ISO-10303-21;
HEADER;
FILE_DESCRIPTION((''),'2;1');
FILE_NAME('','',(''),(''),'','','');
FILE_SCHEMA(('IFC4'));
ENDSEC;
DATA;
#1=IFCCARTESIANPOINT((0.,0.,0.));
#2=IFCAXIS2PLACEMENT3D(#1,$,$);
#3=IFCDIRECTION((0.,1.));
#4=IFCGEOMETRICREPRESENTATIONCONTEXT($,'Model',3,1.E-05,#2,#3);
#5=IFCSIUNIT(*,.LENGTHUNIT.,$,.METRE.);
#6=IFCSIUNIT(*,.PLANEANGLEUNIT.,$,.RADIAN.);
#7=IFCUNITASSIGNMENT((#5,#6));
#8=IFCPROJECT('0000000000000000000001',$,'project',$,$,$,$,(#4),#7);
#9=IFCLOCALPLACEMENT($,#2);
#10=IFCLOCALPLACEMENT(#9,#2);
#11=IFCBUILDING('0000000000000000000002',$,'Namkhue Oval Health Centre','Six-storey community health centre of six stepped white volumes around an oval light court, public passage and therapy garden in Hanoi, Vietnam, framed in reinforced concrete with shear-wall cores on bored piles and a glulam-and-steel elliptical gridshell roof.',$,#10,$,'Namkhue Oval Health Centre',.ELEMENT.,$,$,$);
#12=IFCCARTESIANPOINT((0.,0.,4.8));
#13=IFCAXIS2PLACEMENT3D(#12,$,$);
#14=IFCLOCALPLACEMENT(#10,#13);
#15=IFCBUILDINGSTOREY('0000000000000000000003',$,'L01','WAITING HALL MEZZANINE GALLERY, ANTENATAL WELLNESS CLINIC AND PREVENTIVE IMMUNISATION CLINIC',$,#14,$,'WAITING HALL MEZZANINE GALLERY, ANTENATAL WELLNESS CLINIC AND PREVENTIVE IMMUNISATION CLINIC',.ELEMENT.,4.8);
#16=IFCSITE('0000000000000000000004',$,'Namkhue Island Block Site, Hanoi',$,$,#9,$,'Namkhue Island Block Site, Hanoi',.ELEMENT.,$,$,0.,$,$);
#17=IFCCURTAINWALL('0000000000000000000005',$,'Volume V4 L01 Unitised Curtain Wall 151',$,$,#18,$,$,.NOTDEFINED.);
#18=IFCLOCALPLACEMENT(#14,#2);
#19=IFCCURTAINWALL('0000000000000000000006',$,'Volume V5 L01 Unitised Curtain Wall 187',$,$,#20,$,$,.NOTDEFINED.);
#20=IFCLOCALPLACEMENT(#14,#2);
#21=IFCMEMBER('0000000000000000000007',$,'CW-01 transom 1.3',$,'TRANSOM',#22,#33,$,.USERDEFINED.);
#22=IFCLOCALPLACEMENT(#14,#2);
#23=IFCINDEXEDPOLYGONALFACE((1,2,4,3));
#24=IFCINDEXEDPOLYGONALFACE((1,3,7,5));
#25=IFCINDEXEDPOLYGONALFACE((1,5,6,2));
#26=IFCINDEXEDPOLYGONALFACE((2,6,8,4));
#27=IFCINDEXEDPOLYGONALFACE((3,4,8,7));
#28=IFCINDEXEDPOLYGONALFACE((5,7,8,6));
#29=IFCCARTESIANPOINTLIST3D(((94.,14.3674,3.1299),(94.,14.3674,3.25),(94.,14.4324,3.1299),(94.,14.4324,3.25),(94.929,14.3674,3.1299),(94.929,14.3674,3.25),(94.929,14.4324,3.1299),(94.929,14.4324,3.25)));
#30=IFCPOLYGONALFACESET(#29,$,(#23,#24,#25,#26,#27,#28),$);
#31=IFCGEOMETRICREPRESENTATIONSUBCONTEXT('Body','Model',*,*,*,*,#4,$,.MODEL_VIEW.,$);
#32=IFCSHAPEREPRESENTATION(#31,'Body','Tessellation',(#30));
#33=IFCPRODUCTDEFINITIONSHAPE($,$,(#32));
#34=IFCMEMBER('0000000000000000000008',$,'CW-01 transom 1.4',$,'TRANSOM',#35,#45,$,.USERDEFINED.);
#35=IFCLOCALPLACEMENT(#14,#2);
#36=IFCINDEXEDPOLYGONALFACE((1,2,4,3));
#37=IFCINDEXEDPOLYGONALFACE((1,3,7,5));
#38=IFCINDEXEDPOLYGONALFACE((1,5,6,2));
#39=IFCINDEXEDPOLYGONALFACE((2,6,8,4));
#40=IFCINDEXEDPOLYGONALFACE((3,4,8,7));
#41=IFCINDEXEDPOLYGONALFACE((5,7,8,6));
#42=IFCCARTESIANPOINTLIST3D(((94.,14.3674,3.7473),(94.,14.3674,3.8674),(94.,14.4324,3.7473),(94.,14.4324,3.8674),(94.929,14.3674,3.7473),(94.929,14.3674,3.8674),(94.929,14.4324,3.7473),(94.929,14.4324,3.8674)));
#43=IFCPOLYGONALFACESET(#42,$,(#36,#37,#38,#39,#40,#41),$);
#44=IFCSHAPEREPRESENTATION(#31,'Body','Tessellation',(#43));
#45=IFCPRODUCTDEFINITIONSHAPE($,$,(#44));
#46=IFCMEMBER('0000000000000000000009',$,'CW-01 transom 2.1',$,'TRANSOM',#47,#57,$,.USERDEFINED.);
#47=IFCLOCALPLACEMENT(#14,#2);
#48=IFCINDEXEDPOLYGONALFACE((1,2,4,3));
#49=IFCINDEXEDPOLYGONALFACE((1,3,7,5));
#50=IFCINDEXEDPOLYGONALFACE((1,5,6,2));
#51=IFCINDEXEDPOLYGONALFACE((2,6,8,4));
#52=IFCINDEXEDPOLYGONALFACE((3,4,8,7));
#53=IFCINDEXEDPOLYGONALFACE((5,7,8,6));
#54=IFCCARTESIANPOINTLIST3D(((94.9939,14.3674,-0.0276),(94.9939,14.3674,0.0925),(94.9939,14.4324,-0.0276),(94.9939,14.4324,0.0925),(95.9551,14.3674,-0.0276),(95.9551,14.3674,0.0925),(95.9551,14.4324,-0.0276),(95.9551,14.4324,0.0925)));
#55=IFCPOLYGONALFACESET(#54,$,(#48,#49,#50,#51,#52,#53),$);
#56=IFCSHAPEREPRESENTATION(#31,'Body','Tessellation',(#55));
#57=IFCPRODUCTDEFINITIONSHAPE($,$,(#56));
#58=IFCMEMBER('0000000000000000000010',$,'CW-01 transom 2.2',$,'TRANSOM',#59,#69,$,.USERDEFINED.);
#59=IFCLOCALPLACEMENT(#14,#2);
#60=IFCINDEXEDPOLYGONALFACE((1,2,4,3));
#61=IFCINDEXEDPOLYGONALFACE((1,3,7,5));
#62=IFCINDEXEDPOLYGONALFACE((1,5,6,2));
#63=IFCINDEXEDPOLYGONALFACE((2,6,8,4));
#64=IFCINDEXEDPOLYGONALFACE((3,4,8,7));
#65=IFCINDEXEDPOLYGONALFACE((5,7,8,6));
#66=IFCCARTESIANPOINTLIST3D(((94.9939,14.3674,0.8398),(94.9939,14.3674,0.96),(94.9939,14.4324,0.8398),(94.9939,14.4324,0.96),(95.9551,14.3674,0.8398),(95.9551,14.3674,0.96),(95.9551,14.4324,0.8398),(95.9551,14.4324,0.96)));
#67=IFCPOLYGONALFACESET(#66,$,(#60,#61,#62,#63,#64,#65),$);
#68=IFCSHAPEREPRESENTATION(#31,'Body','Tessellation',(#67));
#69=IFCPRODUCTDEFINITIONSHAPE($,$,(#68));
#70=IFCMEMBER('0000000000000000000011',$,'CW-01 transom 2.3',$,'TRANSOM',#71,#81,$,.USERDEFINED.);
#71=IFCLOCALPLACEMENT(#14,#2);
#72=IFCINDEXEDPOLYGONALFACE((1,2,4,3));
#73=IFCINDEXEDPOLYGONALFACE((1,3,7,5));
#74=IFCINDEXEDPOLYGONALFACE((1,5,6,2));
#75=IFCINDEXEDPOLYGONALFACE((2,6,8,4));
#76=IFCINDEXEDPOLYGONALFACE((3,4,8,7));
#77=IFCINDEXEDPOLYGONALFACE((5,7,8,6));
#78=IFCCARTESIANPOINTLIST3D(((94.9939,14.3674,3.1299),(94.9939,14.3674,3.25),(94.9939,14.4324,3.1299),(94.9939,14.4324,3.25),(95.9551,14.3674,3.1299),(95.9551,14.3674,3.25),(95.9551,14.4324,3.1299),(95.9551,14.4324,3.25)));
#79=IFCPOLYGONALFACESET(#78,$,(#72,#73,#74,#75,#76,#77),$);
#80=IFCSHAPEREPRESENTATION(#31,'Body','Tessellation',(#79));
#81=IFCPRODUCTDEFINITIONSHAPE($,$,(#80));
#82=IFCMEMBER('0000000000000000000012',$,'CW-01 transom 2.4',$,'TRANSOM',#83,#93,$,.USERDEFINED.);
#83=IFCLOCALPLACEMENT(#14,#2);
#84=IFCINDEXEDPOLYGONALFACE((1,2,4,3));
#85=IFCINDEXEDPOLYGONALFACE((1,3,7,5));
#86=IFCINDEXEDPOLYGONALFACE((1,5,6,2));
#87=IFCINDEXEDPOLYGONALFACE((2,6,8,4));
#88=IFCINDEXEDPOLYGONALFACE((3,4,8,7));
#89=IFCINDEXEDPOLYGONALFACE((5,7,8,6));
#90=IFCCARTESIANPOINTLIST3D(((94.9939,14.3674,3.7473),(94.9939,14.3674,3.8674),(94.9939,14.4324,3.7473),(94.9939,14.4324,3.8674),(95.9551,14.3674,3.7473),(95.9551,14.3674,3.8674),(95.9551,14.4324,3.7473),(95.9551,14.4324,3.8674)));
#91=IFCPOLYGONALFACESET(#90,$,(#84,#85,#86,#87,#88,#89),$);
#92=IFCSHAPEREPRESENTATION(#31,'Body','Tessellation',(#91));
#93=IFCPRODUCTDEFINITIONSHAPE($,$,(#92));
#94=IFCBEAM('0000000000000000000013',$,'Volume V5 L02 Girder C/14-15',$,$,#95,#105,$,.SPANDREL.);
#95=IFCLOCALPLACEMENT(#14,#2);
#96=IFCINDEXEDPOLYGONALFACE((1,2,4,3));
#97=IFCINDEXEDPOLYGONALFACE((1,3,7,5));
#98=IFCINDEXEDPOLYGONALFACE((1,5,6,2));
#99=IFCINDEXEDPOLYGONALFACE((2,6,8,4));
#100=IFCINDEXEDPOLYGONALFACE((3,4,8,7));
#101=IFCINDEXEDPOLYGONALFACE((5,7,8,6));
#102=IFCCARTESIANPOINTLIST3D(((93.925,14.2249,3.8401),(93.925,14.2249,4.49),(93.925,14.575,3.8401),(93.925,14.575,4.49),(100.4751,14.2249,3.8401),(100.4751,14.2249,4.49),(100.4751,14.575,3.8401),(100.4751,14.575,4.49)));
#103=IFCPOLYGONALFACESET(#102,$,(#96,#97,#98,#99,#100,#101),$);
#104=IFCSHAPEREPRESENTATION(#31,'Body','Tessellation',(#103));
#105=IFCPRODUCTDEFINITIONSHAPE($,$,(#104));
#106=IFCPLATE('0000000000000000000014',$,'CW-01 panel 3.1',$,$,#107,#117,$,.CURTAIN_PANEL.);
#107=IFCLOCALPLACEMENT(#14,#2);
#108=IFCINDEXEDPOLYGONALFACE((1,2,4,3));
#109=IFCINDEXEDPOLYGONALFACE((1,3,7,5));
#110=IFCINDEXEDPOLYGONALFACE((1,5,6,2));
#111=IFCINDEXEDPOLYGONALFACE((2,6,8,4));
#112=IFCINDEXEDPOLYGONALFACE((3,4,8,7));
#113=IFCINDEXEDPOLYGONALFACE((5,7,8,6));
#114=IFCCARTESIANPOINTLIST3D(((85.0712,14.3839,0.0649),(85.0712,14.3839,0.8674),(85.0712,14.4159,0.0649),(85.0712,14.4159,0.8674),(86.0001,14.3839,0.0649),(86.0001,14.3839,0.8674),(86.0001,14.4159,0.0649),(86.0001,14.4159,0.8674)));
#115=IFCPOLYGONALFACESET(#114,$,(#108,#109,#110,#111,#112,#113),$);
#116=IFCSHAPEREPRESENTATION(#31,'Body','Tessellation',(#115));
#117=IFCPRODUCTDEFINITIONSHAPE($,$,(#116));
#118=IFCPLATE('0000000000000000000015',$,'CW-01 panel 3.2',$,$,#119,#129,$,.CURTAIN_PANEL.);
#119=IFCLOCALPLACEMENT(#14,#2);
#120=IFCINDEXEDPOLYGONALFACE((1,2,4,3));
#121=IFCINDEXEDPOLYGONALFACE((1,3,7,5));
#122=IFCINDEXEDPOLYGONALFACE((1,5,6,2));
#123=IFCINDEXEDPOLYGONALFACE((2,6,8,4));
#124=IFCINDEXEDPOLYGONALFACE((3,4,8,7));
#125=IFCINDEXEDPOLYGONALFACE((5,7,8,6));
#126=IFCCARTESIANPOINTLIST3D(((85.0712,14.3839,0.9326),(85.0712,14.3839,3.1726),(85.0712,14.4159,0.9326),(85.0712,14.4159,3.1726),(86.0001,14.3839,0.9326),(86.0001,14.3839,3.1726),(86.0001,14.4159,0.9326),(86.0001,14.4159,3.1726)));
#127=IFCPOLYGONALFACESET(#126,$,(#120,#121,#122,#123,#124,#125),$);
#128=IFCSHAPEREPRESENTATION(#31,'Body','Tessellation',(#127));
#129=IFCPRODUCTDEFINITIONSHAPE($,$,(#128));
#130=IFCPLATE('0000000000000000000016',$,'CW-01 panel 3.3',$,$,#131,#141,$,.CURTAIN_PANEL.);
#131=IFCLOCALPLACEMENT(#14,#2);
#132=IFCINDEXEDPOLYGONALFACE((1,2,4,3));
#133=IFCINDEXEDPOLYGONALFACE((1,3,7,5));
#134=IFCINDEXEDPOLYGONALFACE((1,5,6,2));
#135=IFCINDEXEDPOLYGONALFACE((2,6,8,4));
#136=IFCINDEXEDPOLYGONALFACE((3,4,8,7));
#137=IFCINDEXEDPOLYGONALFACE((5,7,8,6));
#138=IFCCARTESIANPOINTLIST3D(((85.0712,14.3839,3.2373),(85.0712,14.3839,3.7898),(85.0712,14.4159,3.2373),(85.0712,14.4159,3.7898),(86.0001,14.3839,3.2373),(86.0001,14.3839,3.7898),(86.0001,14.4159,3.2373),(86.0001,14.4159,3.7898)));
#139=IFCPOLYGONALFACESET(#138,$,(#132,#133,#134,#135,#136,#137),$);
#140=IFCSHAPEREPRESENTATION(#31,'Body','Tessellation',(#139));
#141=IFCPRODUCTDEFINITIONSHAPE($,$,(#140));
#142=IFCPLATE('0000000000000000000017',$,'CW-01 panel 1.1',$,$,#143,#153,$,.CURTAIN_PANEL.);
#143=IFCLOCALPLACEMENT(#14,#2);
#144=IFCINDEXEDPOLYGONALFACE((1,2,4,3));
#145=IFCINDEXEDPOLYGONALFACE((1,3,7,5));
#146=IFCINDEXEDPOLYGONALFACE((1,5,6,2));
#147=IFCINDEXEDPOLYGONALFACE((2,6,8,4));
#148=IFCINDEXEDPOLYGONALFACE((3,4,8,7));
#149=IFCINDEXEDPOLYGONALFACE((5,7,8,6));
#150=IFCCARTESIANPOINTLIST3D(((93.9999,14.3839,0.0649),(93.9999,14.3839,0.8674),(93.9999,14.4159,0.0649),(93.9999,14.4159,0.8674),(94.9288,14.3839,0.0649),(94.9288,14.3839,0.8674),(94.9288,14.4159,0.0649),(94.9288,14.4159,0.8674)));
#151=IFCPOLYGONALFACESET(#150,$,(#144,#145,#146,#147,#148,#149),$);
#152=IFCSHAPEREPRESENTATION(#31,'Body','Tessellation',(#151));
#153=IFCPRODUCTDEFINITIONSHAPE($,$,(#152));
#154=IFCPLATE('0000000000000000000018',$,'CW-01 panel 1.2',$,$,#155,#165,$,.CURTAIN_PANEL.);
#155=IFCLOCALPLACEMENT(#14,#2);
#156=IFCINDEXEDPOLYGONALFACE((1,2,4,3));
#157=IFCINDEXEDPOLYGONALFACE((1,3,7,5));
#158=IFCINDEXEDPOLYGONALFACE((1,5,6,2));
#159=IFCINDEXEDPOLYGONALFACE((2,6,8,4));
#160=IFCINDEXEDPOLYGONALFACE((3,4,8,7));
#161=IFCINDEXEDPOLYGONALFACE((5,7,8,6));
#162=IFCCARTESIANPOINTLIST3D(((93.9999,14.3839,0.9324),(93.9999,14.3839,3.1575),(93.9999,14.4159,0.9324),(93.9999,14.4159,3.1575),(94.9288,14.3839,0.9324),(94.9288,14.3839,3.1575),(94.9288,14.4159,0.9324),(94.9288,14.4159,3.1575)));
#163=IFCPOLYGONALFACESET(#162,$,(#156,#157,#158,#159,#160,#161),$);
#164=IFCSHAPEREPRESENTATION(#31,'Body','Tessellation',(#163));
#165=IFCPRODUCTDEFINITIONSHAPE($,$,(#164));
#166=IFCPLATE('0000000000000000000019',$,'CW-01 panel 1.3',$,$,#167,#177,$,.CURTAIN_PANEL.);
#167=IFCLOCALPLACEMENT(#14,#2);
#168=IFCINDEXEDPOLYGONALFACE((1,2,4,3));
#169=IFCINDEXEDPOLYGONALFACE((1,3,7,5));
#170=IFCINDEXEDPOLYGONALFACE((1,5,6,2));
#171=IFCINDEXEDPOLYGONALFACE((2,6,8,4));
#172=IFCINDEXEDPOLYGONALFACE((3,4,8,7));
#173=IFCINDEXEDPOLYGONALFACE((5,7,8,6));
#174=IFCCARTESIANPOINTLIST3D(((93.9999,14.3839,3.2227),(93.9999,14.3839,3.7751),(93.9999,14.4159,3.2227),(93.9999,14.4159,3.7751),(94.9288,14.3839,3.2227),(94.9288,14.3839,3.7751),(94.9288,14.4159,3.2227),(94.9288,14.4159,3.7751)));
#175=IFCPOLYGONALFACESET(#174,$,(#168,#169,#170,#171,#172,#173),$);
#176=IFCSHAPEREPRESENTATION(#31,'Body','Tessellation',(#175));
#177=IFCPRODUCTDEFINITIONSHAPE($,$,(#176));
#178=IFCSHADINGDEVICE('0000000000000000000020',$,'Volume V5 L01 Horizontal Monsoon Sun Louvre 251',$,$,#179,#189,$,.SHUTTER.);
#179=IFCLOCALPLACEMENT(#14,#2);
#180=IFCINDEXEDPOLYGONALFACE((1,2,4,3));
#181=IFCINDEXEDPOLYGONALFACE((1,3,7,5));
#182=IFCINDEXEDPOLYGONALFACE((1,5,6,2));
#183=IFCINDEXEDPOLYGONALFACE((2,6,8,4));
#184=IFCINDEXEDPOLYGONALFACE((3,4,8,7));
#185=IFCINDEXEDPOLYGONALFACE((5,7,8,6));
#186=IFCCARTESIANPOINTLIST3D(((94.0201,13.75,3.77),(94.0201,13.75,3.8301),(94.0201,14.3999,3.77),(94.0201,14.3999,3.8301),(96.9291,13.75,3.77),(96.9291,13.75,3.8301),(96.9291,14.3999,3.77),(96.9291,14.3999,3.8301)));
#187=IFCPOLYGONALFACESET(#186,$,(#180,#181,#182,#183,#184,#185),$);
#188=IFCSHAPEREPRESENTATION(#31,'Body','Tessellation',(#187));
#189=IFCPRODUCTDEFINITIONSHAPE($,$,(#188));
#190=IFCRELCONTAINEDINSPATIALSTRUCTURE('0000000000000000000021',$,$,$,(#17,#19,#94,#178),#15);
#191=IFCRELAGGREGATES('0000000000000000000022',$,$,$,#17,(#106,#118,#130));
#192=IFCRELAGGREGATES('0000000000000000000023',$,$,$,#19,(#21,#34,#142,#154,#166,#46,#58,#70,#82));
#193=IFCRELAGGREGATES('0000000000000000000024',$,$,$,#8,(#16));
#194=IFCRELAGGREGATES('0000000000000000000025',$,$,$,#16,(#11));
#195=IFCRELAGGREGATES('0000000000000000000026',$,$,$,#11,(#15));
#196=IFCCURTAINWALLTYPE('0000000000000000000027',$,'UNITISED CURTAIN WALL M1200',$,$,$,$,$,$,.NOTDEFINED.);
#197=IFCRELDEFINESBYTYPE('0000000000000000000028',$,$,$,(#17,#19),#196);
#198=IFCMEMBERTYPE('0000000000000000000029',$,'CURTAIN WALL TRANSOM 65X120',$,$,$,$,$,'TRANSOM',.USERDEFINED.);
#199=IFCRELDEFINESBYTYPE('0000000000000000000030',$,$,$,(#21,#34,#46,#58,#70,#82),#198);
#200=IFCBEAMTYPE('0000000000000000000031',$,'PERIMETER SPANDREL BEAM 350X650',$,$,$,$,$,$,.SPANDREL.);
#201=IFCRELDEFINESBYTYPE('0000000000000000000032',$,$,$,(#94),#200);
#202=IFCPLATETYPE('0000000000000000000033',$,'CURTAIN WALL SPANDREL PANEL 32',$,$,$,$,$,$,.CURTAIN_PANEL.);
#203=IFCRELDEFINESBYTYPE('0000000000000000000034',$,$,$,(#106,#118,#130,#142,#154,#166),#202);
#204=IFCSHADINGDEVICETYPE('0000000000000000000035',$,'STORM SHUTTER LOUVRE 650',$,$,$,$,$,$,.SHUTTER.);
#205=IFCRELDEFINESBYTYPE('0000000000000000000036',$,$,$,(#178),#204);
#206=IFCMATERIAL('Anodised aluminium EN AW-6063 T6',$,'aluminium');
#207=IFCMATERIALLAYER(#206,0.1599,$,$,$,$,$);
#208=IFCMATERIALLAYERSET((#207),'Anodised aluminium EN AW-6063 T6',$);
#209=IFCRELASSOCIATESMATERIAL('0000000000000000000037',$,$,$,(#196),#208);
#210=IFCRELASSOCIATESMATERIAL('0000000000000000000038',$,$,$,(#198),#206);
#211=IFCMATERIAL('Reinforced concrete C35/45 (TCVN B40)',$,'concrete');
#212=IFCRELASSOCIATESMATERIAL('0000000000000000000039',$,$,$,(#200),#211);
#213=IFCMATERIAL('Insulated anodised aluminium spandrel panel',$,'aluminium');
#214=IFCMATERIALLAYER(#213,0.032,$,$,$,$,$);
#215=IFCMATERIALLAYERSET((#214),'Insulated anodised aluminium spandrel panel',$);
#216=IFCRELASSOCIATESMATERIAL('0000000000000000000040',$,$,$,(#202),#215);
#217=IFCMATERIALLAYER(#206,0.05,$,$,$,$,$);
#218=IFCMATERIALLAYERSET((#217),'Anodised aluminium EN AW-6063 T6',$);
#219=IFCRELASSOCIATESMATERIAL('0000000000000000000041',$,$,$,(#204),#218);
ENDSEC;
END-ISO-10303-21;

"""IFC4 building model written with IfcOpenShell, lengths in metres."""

from ifc_helpers import new_model, si_unit, direction, frame, origin, origin_2d, place, context, subcontext, project, spatial, rectangle, extrude, material, layer, layer_set, material_profile, profile_set, type_object, element, aggregate, save


model = new_model("IFC4")

# Units and contexts
model_context = context("Model", 3, precision=1e-05, world=origin(), true_north=direction((0.0, 1.0)))
body_context = subcontext(model_context, "Body", "Model", "MODEL_VIEW")
ifc_project = project(units=[si_unit("LENGTHUNIT", "METRE"), si_unit("PLANEANGLEUNIT", "RADIAN")], contexts=[model_context])

# Site, building, storey
site_placement = place(None, origin())
site = spatial("IfcSite", under=ifc_project, at=site_placement, Name="Namkhue Island Block Site, Hanoi", LongName="Namkhue Island Block Site, Hanoi", CompositionType="ELEMENT", RefElevation=0.0)
building_placement = place(site_placement, origin())
building = spatial("IfcBuilding", under=site, at=building_placement, Name="Namkhue Oval Health Centre", Description="Six-storey community health centre of six stepped white volumes around an oval light court, public passage and therapy garden in Hanoi, Vietnam, framed in reinforced concrete with shear-wall cores on bored piles and a glulam-and-steel elliptical gridshell roof.", LongName="Namkhue Oval Health Centre", CompositionType="ELEMENT")
storey_placement = place(building_placement, frame((0.0, 0.0, 4.8)))
storey = spatial("IfcBuildingStorey", under=building, at=storey_placement, Name="L01", Description="WAITING HALL MEZZANINE GALLERY, ANTENATAL WELLNESS CLINIC AND PREVENTIVE IMMUNISATION CLINIC", LongName="WAITING HALL MEZZANINE GALLERY, ANTENATAL WELLNESS CLINIC AND PREVENTIVE IMMUNISATION CLINIC", CompositionType="ELEMENT", Elevation=4.8)

# Shared definitions
ifc_material_1 = material(Name="Reinforced concrete C35/45 (TCVN B40)", Category="concrete")

# Curtain wall
ifc_material_2 = material(Name="Anodised aluminium EN AW-6063 T6", Category="aluminium")
ifc_layer_1 = layer(ifc_material_2, 0.1599)
ifc_layer_set_1 = layer_set([ifc_layer_1], Name="Anodised aluminium EN AW-6063 T6")
curtain_wall_type = type_object("IfcCurtainWallType", Name="UNITISED CURTAIN WALL M1200", PredefinedType="NOTDEFINED", material=ifc_layer_set_1)
curtain_wall_1_placement = place(storey_placement, origin())
curtain_wall_1 = element("IfcCurtainWall", 1, at=curtain_wall_1_placement, inside=storey, type_object=curtain_wall_type, Name="Volume V4 L01 Unitised Curtain Wall 151", PredefinedType="NOTDEFINED")

# Curtain wall, members
curtain_wall_2_placement = place(storey_placement, origin())
curtain_wall_2 = element("IfcCurtainWall", 2, at=curtain_wall_2_placement, inside=storey, type_object=curtain_wall_type, Name="Volume V5 L01 Unitised Curtain Wall 187", PredefinedType="NOTDEFINED")
ifc_material_profile_1 = material_profile(ifc_material_2, rectangle(XDim=0.0649, YDim=0.1201, at=origin_2d()), Name="ALU 65x120")
ifc_profile_set_1 = profile_set([ifc_material_profile_1], Name="Anodised aluminium EN AW-6063 T6")
member_type_1 = type_object("IfcMemberType", Name="CURTAIN WALL TRANSOM 65X120", ElementType="TRANSOM", PredefinedType="USERDEFINED", material=ifc_profile_set_1)
member_1_placement = place(storey_placement, frame((94.0, 14.3999, 3.1899), z_axis=(1.0, 0.0, 0.0), x_axis=(0.0, 1.0, 0.0)))
member_1 = element("IfcMember", 3, at=member_1_placement, type_object=member_type_1, Name="CW-01 transom 1.3", ObjectType="TRANSOM", PredefinedType="USERDEFINED", context=body_context, shape_type="SweptSolid", body=[
    extrude(rectangle(XDim=0.0649, YDim=0.1201, at=origin_2d()), origin(), (0.0, 0.0, 1.0), 0.929),
])
member_2_placement = place(storey_placement, frame((94.0, 14.3999, 3.8074), z_axis=(1.0, 0.0, 0.0), x_axis=(0.0, 1.0, 0.0)))
member_2 = element("IfcMember", 4, at=member_2_placement, type_object=member_type_1, Name="CW-01 transom 1.4", ObjectType="TRANSOM", PredefinedType="USERDEFINED", context=body_context, shape_type="SweptSolid", body=[
    extrude(rectangle(XDim=0.0649, YDim=0.1201, at=origin_2d()), origin(), (0.0, 0.0, 1.0), 0.929),
])
member_3_placement = place(storey_placement, frame((94.9939, 14.3999, 0.0325), z_axis=(1.0, 0.0, 0.0), x_axis=(0.0, 1.0, 0.0)))
member_3 = element("IfcMember", 5, at=member_3_placement, type_object=member_type_1, Name="CW-01 transom 2.1", ObjectType="TRANSOM", PredefinedType="USERDEFINED", context=body_context, shape_type="SweptSolid", body=[
    extrude(rectangle(XDim=0.0649, YDim=0.1201, at=origin_2d()), origin(), (0.0, 0.0, 1.0), 0.9612),
])
member_4_placement = place(storey_placement, frame((94.9939, 14.3999, 0.8999), z_axis=(1.0, 0.0, 0.0), x_axis=(0.0, 1.0, 0.0)))
member_4 = element("IfcMember", 6, at=member_4_placement, type_object=member_type_1, Name="CW-01 transom 2.2", ObjectType="TRANSOM", PredefinedType="USERDEFINED", context=body_context, shape_type="SweptSolid", body=[
    extrude(rectangle(XDim=0.0649, YDim=0.1201, at=origin_2d()), origin(), (0.0, 0.0, 1.0), 0.9612),
])
member_5_placement = place(storey_placement, frame((94.9939, 14.3999, 3.1899), z_axis=(1.0, 0.0, 0.0), x_axis=(0.0, 1.0, 0.0)))
member_5 = element("IfcMember", 7, at=member_5_placement, type_object=member_type_1, Name="CW-01 transom 2.3", ObjectType="TRANSOM", PredefinedType="USERDEFINED", context=body_context, shape_type="SweptSolid", body=[
    extrude(rectangle(XDim=0.0649, YDim=0.1201, at=origin_2d()), origin(), (0.0, 0.0, 1.0), 0.9612),
])
member_6_placement = place(storey_placement, frame((94.9939, 14.3999, 3.8074), z_axis=(1.0, 0.0, 0.0), x_axis=(0.0, 1.0, 0.0)))
member_6 = element("IfcMember", 8, at=member_6_placement, type_object=member_type_1, Name="CW-01 transom 2.4", ObjectType="TRANSOM", PredefinedType="USERDEFINED", context=body_context, shape_type="SweptSolid", body=[
    extrude(rectangle(XDim=0.0649, YDim=0.1201, at=origin_2d()), origin(), (0.0, 0.0, 1.0), 0.9612),
])

# Beam
ifc_material_profile_2 = material_profile(ifc_material_1, rectangle(XDim=0.3501, YDim=0.6499, at=origin_2d()), Name="RC 350x650")
ifc_profile_set_2 = profile_set([ifc_material_profile_2], Name="Reinforced concrete C35/45 (TCVN B40)")
beam_type = type_object("IfcBeamType", Name="PERIMETER SPANDREL BEAM 350X650", PredefinedType="SPANDREL", material=ifc_profile_set_2)
beam_placement = place(storey_placement, frame((93.925, 14.3999, 4.165), z_axis=(1.0, 0.0, 0.0), x_axis=(0.0, 1.0, 0.0)))
element("IfcBeam", 9, at=beam_placement, inside=storey, type_object=beam_type, Name="Volume V5 L02 Girder C/14-15", PredefinedType="SPANDREL", context=body_context, shape_type="SweptSolid", body=[
    extrude(rectangle(XDim=0.3501, YDim=0.6499, at=origin_2d()), origin(), (0.0, 0.0, 1.0), 6.55),
])

# Plates
ifc_material_3 = material(Name="Insulated anodised aluminium spandrel panel", Category="aluminium")
ifc_layer_2 = layer(ifc_material_3, 0.032)
ifc_layer_set_2 = layer_set([ifc_layer_2], Name="Insulated anodised aluminium spandrel panel")
plate_type = type_object("IfcPlateType", Name="CURTAIN WALL SPANDREL PANEL 32", PredefinedType="CURTAIN_PANEL", material=ifc_layer_set_2)
plate_1_placement = place(storey_placement, frame((85.5356, 14.3999, 0.0649), z_axis=(0.0, 0.0, 1.0), x_axis=(1.0, 0.0, 0.0)))
plate_1 = element("IfcPlate", 10, at=plate_1_placement, type_object=plate_type, Name="CW-01 panel 3.1", PredefinedType="CURTAIN_PANEL", context=body_context, shape_type="SweptSolid", body=[
    extrude(rectangle(XDim=0.929, YDim=0.032, at=origin_2d()), origin(), (0.0, 0.0, 1.0), 0.8025),
])
plate_2_placement = place(storey_placement, frame((85.5356, 14.3999, 0.9326), z_axis=(0.0, 0.0, 1.0), x_axis=(1.0, 0.0, 0.0)))
plate_2 = element("IfcPlate", 11, at=plate_2_placement, type_object=plate_type, Name="CW-01 panel 3.2", PredefinedType="CURTAIN_PANEL", context=body_context, shape_type="SweptSolid", body=[
    extrude(rectangle(XDim=0.929, YDim=0.032, at=origin_2d()), origin(), (0.0, 0.0, 1.0), 2.24),
])
plate_3_placement = place(storey_placement, frame((85.5356, 14.3999, 3.2373), z_axis=(0.0, 0.0, 1.0), x_axis=(1.0, 0.0, 0.0)))
plate_3 = element("IfcPlate", 12, at=plate_3_placement, type_object=plate_type, Name="CW-01 panel 3.3", PredefinedType="CURTAIN_PANEL", context=body_context, shape_type="SweptSolid", body=[
    extrude(rectangle(XDim=0.929, YDim=0.032, at=origin_2d()), origin(), (0.0, 0.0, 1.0), 0.5525),
])
aggregate(curtain_wall_1, [plate_1, plate_2, plate_3])
plate_4_placement = place(storey_placement, frame((94.4644, 14.3999, 0.0649), z_axis=(0.0, 0.0, 1.0), x_axis=(1.0, 0.0, 0.0)))
plate_4 = element("IfcPlate", 13, at=plate_4_placement, type_object=plate_type, Name="CW-01 panel 1.1", PredefinedType="CURTAIN_PANEL", context=body_context, shape_type="SweptSolid", body=[
    extrude(rectangle(XDim=0.929, YDim=0.032, at=origin_2d()), origin(), (0.0, 0.0, 1.0), 0.8025),
])
plate_5_placement = place(storey_placement, frame((94.4644, 14.3999, 0.9324), z_axis=(0.0, 0.0, 1.0), x_axis=(1.0, 0.0, 0.0)))
plate_5 = element("IfcPlate", 14, at=plate_5_placement, type_object=plate_type, Name="CW-01 panel 1.2", PredefinedType="CURTAIN_PANEL", context=body_context, shape_type="SweptSolid", body=[
    extrude(rectangle(XDim=0.929, YDim=0.032, at=origin_2d()), origin(), (0.0, 0.0, 1.0), 2.2251),
])
plate_6_placement = place(storey_placement, frame((94.4644, 14.3999, 3.2227), z_axis=(0.0, 0.0, 1.0), x_axis=(1.0, 0.0, 0.0)))
plate_6 = element("IfcPlate", 15, at=plate_6_placement, type_object=plate_type, Name="CW-01 panel 1.3", PredefinedType="CURTAIN_PANEL", context=body_context, shape_type="SweptSolid", body=[
    extrude(rectangle(XDim=0.929, YDim=0.032, at=origin_2d()), origin(), (0.0, 0.0, 1.0), 0.5525),
])
aggregate(curtain_wall_2, [member_1, member_2, plate_4, plate_5, plate_6, member_3, member_4, member_5, member_6])

# Shading device
ifc_layer_3 = layer(ifc_material_2, 0.05)
ifc_layer_set_3 = layer_set([ifc_layer_3], Name="Anodised aluminium EN AW-6063 T6")
shading_device_type = type_object("IfcShadingDeviceType", Name="STORM SHUTTER LOUVRE 650", PredefinedType="SHUTTER", material=ifc_layer_set_3)
shading_device_placement = place(storey_placement, frame((95.4746, 14.075, 3.77), z_axis=(0.0, 0.0, 1.0), x_axis=(1.0, 0.0, 0.0)))
element("IfcShadingDevice", 16, at=shading_device_placement, inside=storey, type_object=shading_device_type, Name="Volume V5 L01 Horizontal Monsoon Sun Louvre 251", PredefinedType="SHUTTER", context=body_context, shape_type="SweptSolid", body=[
    extrude(rectangle(XDim=2.9089, YDim=0.6499, at=origin_2d()), origin(), (0.0, 0.0, 1.0), 0.0601),
])

save(model, "model.ifc")
